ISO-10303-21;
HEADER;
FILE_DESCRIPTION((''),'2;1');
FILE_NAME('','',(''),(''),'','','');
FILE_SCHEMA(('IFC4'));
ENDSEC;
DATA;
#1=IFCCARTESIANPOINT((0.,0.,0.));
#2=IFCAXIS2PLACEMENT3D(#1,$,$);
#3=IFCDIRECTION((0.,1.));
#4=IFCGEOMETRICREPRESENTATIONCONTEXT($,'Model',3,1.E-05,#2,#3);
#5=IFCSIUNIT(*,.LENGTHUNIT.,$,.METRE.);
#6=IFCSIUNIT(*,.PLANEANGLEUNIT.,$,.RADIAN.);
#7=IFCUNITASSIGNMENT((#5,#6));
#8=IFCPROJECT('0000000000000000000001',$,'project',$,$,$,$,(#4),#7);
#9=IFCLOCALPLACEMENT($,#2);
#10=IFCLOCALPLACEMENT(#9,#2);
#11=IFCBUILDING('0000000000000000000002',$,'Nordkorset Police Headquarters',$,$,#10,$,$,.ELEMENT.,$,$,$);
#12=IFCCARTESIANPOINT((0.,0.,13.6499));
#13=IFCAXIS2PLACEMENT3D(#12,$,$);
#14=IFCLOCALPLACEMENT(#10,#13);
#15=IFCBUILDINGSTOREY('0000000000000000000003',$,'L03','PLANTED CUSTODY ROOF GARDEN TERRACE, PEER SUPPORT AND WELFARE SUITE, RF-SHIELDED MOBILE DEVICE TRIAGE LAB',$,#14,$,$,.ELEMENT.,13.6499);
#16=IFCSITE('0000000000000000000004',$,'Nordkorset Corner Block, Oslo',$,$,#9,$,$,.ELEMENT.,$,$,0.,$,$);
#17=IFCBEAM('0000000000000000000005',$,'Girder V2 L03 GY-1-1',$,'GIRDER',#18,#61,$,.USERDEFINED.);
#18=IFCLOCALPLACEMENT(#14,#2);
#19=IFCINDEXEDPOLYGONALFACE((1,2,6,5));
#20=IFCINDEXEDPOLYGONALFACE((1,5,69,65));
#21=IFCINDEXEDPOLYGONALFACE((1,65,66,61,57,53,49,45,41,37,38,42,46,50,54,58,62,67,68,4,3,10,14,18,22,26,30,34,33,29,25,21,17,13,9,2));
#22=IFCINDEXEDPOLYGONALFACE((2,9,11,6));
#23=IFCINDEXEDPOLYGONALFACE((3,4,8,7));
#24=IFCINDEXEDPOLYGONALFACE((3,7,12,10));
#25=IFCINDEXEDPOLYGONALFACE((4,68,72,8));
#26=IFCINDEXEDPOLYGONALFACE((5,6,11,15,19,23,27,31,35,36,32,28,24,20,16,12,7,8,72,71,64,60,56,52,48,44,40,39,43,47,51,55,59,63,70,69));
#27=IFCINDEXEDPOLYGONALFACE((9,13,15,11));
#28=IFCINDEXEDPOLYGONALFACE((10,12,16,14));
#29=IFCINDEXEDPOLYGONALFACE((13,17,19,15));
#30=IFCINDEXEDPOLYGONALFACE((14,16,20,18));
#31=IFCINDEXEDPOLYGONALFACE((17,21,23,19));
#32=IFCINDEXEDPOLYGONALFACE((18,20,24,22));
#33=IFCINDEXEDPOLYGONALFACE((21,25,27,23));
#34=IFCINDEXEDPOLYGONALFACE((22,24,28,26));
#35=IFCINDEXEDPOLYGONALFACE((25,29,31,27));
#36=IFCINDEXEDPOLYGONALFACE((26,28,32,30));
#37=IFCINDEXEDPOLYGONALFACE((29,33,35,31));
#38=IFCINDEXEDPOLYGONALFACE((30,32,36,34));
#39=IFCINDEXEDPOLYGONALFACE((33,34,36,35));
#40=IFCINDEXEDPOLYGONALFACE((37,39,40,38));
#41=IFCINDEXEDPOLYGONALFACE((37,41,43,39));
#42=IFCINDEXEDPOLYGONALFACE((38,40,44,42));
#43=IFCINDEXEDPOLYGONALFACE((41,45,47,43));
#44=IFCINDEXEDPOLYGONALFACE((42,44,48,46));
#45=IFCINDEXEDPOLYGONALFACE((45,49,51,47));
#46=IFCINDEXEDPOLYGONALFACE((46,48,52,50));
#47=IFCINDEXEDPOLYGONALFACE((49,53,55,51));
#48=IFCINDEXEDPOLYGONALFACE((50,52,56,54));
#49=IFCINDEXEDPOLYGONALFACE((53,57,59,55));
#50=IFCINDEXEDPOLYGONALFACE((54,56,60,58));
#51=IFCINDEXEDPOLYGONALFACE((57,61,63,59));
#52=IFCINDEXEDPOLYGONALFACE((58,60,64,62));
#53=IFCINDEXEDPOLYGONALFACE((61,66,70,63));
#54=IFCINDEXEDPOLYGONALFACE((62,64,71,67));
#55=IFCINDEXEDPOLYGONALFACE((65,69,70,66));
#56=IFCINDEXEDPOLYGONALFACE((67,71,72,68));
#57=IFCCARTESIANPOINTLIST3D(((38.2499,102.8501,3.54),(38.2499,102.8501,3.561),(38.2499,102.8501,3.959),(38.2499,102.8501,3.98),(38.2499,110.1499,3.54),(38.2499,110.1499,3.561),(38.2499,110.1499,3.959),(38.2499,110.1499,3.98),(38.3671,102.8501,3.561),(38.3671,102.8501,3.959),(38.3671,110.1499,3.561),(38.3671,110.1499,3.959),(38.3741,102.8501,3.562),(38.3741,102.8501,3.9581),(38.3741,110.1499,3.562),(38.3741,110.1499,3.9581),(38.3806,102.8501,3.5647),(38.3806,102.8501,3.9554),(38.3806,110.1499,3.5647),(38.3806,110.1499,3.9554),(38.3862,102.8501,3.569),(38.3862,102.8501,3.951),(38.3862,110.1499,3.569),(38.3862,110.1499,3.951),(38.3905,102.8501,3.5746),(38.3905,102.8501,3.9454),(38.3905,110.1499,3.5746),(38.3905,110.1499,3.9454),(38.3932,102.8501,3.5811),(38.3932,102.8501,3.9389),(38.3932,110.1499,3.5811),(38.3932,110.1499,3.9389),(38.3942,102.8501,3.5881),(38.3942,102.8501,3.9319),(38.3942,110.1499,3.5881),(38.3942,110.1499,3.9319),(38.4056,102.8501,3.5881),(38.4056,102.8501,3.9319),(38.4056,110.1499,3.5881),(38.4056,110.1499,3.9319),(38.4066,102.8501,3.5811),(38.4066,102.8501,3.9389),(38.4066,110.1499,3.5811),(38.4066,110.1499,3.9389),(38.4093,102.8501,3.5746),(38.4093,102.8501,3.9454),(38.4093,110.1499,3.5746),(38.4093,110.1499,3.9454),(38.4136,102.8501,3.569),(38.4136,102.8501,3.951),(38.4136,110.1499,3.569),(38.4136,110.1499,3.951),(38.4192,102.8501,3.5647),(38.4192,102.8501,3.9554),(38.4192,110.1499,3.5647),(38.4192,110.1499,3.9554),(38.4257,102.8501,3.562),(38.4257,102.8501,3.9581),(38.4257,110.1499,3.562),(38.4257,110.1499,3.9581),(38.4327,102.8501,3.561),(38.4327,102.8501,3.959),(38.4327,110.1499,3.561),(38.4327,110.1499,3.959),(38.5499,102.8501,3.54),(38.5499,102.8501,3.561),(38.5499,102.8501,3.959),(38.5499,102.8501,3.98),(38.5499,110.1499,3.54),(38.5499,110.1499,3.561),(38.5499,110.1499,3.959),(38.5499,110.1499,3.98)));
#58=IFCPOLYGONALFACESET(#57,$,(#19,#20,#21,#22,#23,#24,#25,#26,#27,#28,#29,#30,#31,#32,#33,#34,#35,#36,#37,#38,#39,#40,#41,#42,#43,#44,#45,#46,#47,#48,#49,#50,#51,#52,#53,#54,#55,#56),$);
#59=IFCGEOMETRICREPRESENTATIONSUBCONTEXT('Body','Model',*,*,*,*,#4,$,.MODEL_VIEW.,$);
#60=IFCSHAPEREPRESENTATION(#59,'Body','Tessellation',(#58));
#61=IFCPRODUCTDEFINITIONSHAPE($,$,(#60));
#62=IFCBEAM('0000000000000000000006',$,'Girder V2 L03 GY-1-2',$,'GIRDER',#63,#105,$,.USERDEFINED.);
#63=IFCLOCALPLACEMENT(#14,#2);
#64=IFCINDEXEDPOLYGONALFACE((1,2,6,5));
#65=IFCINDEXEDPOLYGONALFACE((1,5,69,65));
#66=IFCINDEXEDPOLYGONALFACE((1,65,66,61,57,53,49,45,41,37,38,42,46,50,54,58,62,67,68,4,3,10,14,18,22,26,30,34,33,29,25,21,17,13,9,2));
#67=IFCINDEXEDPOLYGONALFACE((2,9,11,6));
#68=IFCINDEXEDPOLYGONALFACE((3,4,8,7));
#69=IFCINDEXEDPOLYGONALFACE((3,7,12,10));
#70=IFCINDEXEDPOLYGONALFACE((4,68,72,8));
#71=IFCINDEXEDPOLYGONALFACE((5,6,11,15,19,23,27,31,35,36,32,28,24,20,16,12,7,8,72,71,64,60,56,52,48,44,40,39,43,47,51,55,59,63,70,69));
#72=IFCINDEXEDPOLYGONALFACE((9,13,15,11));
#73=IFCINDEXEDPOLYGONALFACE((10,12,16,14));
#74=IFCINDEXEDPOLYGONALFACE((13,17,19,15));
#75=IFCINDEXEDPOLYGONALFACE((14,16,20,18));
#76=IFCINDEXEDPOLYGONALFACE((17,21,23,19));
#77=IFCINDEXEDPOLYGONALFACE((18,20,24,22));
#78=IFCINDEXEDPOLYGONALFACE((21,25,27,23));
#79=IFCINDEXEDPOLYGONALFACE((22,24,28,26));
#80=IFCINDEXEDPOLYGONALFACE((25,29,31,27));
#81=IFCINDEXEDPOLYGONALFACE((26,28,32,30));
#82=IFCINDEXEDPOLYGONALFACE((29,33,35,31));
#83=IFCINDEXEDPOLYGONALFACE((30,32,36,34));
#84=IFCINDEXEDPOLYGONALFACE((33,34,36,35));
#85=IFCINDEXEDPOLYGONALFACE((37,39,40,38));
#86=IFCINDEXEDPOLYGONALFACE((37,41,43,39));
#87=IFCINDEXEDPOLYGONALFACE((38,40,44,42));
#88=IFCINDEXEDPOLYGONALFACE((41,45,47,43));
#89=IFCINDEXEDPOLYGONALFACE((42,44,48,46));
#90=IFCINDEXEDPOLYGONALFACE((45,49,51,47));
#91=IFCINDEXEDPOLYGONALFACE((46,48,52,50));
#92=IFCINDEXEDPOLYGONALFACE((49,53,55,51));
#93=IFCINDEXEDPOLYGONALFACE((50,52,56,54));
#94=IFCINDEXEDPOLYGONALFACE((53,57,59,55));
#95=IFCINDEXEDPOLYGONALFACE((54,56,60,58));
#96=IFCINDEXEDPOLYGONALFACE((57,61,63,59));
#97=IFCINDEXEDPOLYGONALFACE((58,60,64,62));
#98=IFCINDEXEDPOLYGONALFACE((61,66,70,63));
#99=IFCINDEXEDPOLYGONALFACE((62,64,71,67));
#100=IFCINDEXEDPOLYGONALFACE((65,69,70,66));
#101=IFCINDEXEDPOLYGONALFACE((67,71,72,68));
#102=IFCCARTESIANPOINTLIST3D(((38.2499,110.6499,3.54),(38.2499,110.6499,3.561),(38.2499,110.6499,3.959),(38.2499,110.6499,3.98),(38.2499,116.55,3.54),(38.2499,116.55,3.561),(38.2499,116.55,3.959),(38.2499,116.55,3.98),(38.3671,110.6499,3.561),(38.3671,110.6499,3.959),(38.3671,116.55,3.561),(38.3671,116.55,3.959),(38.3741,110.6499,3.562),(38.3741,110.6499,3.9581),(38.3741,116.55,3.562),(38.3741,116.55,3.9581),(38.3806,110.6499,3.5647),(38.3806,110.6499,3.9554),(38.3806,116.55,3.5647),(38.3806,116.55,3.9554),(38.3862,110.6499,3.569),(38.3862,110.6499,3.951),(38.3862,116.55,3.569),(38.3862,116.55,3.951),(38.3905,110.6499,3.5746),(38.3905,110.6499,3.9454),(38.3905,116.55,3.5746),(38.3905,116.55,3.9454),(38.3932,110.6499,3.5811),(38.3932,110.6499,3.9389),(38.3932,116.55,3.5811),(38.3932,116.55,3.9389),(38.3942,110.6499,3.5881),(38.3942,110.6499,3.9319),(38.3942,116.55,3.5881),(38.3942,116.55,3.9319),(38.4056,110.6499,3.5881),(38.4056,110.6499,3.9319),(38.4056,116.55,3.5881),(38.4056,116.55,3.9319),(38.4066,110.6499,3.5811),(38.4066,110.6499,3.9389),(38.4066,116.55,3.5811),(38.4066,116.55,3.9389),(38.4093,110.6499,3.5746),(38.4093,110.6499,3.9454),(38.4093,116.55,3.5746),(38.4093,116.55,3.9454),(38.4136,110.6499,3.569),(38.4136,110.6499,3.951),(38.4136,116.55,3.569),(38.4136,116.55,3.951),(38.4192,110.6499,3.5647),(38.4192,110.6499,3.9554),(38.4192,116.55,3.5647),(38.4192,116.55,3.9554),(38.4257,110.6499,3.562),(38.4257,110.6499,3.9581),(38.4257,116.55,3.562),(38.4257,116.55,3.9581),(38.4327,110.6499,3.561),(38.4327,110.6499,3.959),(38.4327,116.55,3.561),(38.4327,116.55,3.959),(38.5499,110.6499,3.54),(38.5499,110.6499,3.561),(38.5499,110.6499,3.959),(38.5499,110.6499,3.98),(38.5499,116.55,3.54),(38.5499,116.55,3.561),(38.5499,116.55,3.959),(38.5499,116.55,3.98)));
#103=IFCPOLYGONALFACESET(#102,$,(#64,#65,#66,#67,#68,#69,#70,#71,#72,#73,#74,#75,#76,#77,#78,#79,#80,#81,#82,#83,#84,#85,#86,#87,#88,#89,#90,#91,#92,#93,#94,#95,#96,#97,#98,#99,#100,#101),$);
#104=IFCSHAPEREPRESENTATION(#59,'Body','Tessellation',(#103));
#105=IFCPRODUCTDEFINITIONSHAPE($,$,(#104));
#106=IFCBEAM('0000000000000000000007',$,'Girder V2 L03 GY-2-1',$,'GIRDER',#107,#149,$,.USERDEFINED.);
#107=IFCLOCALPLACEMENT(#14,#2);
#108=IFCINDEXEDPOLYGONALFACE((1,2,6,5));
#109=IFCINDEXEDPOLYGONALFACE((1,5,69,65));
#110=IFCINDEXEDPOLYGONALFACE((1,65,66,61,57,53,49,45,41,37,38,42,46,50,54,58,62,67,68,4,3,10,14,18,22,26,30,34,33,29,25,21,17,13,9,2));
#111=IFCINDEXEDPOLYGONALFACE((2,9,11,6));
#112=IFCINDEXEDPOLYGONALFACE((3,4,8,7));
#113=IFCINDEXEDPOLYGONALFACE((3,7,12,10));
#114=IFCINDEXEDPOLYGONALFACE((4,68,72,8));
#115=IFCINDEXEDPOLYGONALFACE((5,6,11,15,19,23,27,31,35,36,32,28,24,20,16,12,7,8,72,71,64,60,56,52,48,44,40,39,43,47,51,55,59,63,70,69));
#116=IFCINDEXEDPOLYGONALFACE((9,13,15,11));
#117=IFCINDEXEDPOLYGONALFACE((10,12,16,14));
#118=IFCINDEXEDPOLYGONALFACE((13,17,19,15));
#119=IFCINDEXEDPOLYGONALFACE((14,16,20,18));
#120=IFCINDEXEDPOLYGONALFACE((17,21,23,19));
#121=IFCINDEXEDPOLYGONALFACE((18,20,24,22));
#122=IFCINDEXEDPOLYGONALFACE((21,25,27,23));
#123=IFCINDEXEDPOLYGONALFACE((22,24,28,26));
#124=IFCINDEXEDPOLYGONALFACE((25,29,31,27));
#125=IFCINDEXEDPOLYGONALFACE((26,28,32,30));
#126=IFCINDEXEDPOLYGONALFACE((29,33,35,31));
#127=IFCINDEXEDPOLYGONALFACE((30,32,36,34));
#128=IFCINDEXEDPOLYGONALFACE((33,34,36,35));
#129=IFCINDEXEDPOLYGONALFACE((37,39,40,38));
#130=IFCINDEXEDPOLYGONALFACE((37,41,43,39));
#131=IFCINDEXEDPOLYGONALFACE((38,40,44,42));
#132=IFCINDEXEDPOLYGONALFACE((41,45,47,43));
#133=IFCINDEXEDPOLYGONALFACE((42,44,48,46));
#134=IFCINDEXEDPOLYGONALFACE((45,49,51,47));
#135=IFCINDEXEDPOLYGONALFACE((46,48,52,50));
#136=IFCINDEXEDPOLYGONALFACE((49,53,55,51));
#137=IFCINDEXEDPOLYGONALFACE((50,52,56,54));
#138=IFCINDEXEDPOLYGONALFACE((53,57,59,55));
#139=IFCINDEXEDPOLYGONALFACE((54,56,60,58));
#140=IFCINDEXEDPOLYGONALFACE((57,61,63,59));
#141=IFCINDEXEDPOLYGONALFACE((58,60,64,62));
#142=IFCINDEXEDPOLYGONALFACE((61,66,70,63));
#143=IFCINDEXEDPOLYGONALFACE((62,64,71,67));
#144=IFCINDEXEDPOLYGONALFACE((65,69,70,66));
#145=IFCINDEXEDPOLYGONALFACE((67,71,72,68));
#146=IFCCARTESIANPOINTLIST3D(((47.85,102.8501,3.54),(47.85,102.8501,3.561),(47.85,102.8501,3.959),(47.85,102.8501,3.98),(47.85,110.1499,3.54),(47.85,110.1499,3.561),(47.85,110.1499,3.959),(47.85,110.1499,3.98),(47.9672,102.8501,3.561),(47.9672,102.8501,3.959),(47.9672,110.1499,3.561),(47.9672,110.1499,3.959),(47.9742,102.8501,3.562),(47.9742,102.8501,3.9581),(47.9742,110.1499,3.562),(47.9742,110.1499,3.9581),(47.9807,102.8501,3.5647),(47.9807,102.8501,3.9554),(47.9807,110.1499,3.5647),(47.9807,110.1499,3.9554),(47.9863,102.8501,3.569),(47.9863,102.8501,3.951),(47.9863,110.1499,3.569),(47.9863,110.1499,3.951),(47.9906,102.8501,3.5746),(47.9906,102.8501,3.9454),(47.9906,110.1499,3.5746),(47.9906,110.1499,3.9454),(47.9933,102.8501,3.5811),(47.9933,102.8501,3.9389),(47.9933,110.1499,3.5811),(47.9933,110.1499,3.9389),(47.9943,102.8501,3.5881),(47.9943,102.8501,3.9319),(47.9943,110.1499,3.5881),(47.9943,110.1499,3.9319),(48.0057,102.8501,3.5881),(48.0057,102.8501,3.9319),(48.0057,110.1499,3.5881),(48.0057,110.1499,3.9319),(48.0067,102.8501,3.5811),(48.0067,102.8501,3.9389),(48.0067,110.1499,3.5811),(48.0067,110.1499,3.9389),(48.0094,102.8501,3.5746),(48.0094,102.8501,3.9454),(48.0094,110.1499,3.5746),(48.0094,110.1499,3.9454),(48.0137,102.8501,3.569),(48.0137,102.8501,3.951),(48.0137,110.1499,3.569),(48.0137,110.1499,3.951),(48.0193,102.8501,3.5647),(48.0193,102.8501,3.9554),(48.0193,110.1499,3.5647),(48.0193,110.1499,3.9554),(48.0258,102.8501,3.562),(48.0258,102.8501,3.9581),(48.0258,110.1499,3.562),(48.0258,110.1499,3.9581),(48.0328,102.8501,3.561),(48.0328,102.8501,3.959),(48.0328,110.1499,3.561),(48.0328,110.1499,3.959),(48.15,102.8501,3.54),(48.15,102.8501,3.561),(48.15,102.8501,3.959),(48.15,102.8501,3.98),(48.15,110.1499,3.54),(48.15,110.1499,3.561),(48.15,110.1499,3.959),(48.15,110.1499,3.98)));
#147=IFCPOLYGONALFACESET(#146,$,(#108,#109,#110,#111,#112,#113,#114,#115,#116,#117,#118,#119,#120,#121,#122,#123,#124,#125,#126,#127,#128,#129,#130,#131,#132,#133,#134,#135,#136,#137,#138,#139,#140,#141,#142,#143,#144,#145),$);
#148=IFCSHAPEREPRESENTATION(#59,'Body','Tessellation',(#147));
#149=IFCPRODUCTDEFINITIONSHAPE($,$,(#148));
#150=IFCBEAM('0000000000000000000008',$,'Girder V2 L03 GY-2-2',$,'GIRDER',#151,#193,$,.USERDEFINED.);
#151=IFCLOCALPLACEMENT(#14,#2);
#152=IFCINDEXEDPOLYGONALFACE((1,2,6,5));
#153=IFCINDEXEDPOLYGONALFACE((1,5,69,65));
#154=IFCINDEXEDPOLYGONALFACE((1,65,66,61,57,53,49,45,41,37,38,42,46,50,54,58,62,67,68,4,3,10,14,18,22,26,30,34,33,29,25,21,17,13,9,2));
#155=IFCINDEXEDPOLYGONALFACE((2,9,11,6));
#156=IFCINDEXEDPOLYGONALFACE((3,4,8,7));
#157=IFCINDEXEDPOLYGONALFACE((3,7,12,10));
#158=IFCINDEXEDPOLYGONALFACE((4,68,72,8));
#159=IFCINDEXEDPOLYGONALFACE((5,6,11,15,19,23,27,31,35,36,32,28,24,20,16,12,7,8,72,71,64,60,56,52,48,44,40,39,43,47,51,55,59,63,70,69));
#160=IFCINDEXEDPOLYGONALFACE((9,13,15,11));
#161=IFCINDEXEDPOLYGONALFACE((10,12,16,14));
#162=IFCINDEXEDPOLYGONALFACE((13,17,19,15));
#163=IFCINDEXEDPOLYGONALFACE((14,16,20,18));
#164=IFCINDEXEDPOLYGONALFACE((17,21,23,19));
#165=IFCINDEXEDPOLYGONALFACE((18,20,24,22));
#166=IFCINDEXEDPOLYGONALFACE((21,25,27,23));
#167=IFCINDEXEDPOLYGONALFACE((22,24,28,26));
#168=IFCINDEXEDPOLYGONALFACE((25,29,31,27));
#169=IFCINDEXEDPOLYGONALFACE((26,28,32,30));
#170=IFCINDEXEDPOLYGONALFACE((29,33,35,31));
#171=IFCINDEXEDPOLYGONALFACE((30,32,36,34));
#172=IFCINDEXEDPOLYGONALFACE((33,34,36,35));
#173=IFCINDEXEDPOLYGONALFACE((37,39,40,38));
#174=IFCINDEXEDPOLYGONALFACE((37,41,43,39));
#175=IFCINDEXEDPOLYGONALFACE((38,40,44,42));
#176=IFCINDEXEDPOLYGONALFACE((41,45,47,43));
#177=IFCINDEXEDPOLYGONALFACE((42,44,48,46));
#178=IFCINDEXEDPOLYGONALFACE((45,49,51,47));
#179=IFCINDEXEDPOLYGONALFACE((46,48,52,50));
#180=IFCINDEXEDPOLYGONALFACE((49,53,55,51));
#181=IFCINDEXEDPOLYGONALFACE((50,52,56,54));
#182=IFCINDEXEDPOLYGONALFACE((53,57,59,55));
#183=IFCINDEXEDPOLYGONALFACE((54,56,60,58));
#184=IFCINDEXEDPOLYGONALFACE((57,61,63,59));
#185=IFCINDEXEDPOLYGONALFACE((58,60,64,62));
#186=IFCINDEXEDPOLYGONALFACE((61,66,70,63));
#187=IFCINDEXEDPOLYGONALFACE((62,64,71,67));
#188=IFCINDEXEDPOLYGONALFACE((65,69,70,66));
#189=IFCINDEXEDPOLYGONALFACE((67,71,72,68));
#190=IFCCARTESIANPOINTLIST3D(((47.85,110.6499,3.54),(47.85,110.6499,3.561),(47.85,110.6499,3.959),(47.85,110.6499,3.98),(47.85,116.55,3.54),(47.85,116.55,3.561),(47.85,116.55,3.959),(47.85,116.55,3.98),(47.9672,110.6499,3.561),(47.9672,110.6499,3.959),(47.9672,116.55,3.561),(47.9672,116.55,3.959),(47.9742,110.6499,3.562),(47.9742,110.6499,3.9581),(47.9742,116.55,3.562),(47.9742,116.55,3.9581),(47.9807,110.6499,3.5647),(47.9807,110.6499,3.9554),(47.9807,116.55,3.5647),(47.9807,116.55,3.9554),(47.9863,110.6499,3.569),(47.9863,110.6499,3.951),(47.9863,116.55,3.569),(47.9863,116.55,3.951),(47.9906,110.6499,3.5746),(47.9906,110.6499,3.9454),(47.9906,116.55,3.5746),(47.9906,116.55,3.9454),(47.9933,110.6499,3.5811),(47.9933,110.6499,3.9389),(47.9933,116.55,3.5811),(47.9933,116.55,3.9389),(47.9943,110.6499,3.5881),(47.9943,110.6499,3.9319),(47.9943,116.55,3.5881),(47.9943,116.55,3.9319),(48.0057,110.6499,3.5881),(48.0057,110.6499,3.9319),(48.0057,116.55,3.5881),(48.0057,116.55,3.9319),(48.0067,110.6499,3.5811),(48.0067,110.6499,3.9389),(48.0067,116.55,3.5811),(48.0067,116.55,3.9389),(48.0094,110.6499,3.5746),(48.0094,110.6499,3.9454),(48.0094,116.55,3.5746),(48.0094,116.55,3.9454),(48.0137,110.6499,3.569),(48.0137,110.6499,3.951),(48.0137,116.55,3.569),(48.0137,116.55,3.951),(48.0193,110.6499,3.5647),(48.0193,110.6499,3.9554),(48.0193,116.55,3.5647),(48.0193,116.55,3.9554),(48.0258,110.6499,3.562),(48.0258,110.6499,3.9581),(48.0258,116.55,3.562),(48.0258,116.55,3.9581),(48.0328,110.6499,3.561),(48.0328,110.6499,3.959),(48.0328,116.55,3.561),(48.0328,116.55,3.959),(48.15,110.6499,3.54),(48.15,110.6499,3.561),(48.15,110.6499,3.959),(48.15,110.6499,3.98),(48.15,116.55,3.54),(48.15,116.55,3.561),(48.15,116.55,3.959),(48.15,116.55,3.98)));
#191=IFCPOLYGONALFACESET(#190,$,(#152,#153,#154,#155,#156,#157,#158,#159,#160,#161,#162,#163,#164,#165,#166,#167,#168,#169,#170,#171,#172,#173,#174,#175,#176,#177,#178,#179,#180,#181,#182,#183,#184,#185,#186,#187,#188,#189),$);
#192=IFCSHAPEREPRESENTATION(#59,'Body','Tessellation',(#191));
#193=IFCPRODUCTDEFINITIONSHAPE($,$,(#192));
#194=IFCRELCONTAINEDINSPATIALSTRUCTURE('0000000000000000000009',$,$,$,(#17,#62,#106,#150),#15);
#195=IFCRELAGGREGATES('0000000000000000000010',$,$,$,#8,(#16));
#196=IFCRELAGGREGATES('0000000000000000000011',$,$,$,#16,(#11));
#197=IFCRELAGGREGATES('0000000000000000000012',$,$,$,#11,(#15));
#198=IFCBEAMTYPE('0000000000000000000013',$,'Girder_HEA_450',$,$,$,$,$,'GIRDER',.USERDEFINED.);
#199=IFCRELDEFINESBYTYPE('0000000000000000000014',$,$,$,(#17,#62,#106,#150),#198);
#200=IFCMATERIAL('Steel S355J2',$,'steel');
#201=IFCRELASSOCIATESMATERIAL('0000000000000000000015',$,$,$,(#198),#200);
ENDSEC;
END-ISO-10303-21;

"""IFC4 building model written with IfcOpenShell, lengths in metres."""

from ifc_helpers import new_model, si_unit, direction, frame, origin, origin_2d, place, context, subcontext, project, spatial, i_section, extrude, material, material_profile, profile_set, type_object, element, save


model = new_model("IFC4")

# Units and contexts
model_context = context("Model", 3, precision=1e-05, world=origin(), true_north=direction((0.0, 1.0)))
body_context = subcontext(model_context, "Body", "Model", "MODEL_VIEW")
ifc_project = project(units=[si_unit("LENGTHUNIT", "METRE"), si_unit("PLANEANGLEUNIT", "RADIAN")], contexts=[model_context])

# Site, building, storey
site_placement = place(None, origin())
site = spatial("IfcSite", under=ifc_project, at=site_placement, Name="Nordkorset Corner Block, Oslo", CompositionType="ELEMENT", RefElevation=0.0)
building_placement = place(site_placement, origin())
building = spatial("IfcBuilding", under=site, at=building_placement, Name="Nordkorset Police Headquarters", CompositionType="ELEMENT")
storey_placement = place(building_placement, frame((0.0, 0.0, 13.6499)))
storey = spatial("IfcBuildingStorey", under=building, at=storey_placement, Name="L03", Description="PLANTED CUSTODY ROOF GARDEN TERRACE, PEER SUPPORT AND WELFARE SUITE, RF-SHIELDED MOBILE DEVICE TRIAGE LAB", CompositionType="ELEMENT", Elevation=13.6499)

# Beams
ifc_material_1 = material(Name="Steel S355J2", Category="steel")
ifc_material_profile_1 = material_profile(ifc_material_1, i_section(OverallWidth=0.3, OverallDepth=0.4399, WebThickness=0.0115, FlangeThickness=0.021, FilletRadius=0.0271, at=origin_2d()), Name="HEA 450")
ifc_profile_set_1 = profile_set([ifc_material_profile_1], Name="Steel S355J2")
beam_type_1 = type_object("IfcBeamType", Name="Girder_HEA_450", ElementType="GIRDER", PredefinedType="USERDEFINED", material=ifc_profile_set_1)
beam_1_placement = place(storey_placement, frame((38.3999, 102.8501, 3.76), z_axis=(0.0, 1.0, 0.0), x_axis=(-1.0, 0.0, 0.0)))
element("IfcBeam", 1, at=beam_1_placement, inside=storey, type_object=beam_type_1, Name="Girder V2 L03 GY-1-1", ObjectType="GIRDER", PredefinedType="USERDEFINED", context=body_context, shape_type="SweptSolid", body=[
    extrude(i_section(OverallWidth=0.3, OverallDepth=0.4399, WebThickness=0.0115, FlangeThickness=0.021, FilletRadius=0.0271, at=origin_2d()), origin(), (0.0, 0.0, 1.0), 7.2998),
])
beam_2_placement = place(storey_placement, frame((38.3999, 110.6499, 3.76), z_axis=(0.0, 1.0, 0.0), x_axis=(-1.0, 0.0, 0.0)))
element("IfcBeam", 2, at=beam_2_placement, inside=storey, type_object=beam_type_1, Name="Girder V2 L03 GY-1-2", ObjectType="GIRDER", PredefinedType="USERDEFINED", context=body_context, shape_type="SweptSolid", body=[
    extrude(i_section(OverallWidth=0.3, OverallDepth=0.4399, WebThickness=0.0115, FlangeThickness=0.021, FilletRadius=0.0271, at=origin_2d()), origin(), (0.0, 0.0, 1.0), 5.9001),
])
beam_3_placement = place(storey_placement, frame((48.0, 102.8501, 3.76), z_axis=(0.0, 1.0, 0.0), x_axis=(-1.0, 0.0, 0.0)))
element("IfcBeam", 3, at=beam_3_placement, inside=storey, type_object=beam_type_1, Name="Girder V2 L03 GY-2-1", ObjectType="GIRDER", PredefinedType="USERDEFINED", context=body_context, shape_type="SweptSolid", body=[
    extrude(i_section(OverallWidth=0.3, OverallDepth=0.4399, WebThickness=0.0115, FlangeThickness=0.021, FilletRadius=0.0271, at=origin_2d()), origin(), (0.0, 0.0, 1.0), 7.2998),
])
beam_4_placement = place(storey_placement, frame((48.0, 110.6499, 3.76), z_axis=(0.0, 1.0, 0.0), x_axis=(-1.0, 0.0, 0.0)))
element("IfcBeam", 4, at=beam_4_placement, inside=storey, type_object=beam_type_1, Name="Girder V2 L03 GY-2-2", ObjectType="GIRDER", PredefinedType="USERDEFINED", context=body_context, shape_type="SweptSolid", body=[
    extrude(i_section(OverallWidth=0.3, OverallDepth=0.4399, WebThickness=0.0115, FlangeThickness=0.021, FilletRadius=0.0271, at=origin_2d()), origin(), (0.0, 0.0, 1.0), 5.9001),
])

save(model, "model.ifc")
